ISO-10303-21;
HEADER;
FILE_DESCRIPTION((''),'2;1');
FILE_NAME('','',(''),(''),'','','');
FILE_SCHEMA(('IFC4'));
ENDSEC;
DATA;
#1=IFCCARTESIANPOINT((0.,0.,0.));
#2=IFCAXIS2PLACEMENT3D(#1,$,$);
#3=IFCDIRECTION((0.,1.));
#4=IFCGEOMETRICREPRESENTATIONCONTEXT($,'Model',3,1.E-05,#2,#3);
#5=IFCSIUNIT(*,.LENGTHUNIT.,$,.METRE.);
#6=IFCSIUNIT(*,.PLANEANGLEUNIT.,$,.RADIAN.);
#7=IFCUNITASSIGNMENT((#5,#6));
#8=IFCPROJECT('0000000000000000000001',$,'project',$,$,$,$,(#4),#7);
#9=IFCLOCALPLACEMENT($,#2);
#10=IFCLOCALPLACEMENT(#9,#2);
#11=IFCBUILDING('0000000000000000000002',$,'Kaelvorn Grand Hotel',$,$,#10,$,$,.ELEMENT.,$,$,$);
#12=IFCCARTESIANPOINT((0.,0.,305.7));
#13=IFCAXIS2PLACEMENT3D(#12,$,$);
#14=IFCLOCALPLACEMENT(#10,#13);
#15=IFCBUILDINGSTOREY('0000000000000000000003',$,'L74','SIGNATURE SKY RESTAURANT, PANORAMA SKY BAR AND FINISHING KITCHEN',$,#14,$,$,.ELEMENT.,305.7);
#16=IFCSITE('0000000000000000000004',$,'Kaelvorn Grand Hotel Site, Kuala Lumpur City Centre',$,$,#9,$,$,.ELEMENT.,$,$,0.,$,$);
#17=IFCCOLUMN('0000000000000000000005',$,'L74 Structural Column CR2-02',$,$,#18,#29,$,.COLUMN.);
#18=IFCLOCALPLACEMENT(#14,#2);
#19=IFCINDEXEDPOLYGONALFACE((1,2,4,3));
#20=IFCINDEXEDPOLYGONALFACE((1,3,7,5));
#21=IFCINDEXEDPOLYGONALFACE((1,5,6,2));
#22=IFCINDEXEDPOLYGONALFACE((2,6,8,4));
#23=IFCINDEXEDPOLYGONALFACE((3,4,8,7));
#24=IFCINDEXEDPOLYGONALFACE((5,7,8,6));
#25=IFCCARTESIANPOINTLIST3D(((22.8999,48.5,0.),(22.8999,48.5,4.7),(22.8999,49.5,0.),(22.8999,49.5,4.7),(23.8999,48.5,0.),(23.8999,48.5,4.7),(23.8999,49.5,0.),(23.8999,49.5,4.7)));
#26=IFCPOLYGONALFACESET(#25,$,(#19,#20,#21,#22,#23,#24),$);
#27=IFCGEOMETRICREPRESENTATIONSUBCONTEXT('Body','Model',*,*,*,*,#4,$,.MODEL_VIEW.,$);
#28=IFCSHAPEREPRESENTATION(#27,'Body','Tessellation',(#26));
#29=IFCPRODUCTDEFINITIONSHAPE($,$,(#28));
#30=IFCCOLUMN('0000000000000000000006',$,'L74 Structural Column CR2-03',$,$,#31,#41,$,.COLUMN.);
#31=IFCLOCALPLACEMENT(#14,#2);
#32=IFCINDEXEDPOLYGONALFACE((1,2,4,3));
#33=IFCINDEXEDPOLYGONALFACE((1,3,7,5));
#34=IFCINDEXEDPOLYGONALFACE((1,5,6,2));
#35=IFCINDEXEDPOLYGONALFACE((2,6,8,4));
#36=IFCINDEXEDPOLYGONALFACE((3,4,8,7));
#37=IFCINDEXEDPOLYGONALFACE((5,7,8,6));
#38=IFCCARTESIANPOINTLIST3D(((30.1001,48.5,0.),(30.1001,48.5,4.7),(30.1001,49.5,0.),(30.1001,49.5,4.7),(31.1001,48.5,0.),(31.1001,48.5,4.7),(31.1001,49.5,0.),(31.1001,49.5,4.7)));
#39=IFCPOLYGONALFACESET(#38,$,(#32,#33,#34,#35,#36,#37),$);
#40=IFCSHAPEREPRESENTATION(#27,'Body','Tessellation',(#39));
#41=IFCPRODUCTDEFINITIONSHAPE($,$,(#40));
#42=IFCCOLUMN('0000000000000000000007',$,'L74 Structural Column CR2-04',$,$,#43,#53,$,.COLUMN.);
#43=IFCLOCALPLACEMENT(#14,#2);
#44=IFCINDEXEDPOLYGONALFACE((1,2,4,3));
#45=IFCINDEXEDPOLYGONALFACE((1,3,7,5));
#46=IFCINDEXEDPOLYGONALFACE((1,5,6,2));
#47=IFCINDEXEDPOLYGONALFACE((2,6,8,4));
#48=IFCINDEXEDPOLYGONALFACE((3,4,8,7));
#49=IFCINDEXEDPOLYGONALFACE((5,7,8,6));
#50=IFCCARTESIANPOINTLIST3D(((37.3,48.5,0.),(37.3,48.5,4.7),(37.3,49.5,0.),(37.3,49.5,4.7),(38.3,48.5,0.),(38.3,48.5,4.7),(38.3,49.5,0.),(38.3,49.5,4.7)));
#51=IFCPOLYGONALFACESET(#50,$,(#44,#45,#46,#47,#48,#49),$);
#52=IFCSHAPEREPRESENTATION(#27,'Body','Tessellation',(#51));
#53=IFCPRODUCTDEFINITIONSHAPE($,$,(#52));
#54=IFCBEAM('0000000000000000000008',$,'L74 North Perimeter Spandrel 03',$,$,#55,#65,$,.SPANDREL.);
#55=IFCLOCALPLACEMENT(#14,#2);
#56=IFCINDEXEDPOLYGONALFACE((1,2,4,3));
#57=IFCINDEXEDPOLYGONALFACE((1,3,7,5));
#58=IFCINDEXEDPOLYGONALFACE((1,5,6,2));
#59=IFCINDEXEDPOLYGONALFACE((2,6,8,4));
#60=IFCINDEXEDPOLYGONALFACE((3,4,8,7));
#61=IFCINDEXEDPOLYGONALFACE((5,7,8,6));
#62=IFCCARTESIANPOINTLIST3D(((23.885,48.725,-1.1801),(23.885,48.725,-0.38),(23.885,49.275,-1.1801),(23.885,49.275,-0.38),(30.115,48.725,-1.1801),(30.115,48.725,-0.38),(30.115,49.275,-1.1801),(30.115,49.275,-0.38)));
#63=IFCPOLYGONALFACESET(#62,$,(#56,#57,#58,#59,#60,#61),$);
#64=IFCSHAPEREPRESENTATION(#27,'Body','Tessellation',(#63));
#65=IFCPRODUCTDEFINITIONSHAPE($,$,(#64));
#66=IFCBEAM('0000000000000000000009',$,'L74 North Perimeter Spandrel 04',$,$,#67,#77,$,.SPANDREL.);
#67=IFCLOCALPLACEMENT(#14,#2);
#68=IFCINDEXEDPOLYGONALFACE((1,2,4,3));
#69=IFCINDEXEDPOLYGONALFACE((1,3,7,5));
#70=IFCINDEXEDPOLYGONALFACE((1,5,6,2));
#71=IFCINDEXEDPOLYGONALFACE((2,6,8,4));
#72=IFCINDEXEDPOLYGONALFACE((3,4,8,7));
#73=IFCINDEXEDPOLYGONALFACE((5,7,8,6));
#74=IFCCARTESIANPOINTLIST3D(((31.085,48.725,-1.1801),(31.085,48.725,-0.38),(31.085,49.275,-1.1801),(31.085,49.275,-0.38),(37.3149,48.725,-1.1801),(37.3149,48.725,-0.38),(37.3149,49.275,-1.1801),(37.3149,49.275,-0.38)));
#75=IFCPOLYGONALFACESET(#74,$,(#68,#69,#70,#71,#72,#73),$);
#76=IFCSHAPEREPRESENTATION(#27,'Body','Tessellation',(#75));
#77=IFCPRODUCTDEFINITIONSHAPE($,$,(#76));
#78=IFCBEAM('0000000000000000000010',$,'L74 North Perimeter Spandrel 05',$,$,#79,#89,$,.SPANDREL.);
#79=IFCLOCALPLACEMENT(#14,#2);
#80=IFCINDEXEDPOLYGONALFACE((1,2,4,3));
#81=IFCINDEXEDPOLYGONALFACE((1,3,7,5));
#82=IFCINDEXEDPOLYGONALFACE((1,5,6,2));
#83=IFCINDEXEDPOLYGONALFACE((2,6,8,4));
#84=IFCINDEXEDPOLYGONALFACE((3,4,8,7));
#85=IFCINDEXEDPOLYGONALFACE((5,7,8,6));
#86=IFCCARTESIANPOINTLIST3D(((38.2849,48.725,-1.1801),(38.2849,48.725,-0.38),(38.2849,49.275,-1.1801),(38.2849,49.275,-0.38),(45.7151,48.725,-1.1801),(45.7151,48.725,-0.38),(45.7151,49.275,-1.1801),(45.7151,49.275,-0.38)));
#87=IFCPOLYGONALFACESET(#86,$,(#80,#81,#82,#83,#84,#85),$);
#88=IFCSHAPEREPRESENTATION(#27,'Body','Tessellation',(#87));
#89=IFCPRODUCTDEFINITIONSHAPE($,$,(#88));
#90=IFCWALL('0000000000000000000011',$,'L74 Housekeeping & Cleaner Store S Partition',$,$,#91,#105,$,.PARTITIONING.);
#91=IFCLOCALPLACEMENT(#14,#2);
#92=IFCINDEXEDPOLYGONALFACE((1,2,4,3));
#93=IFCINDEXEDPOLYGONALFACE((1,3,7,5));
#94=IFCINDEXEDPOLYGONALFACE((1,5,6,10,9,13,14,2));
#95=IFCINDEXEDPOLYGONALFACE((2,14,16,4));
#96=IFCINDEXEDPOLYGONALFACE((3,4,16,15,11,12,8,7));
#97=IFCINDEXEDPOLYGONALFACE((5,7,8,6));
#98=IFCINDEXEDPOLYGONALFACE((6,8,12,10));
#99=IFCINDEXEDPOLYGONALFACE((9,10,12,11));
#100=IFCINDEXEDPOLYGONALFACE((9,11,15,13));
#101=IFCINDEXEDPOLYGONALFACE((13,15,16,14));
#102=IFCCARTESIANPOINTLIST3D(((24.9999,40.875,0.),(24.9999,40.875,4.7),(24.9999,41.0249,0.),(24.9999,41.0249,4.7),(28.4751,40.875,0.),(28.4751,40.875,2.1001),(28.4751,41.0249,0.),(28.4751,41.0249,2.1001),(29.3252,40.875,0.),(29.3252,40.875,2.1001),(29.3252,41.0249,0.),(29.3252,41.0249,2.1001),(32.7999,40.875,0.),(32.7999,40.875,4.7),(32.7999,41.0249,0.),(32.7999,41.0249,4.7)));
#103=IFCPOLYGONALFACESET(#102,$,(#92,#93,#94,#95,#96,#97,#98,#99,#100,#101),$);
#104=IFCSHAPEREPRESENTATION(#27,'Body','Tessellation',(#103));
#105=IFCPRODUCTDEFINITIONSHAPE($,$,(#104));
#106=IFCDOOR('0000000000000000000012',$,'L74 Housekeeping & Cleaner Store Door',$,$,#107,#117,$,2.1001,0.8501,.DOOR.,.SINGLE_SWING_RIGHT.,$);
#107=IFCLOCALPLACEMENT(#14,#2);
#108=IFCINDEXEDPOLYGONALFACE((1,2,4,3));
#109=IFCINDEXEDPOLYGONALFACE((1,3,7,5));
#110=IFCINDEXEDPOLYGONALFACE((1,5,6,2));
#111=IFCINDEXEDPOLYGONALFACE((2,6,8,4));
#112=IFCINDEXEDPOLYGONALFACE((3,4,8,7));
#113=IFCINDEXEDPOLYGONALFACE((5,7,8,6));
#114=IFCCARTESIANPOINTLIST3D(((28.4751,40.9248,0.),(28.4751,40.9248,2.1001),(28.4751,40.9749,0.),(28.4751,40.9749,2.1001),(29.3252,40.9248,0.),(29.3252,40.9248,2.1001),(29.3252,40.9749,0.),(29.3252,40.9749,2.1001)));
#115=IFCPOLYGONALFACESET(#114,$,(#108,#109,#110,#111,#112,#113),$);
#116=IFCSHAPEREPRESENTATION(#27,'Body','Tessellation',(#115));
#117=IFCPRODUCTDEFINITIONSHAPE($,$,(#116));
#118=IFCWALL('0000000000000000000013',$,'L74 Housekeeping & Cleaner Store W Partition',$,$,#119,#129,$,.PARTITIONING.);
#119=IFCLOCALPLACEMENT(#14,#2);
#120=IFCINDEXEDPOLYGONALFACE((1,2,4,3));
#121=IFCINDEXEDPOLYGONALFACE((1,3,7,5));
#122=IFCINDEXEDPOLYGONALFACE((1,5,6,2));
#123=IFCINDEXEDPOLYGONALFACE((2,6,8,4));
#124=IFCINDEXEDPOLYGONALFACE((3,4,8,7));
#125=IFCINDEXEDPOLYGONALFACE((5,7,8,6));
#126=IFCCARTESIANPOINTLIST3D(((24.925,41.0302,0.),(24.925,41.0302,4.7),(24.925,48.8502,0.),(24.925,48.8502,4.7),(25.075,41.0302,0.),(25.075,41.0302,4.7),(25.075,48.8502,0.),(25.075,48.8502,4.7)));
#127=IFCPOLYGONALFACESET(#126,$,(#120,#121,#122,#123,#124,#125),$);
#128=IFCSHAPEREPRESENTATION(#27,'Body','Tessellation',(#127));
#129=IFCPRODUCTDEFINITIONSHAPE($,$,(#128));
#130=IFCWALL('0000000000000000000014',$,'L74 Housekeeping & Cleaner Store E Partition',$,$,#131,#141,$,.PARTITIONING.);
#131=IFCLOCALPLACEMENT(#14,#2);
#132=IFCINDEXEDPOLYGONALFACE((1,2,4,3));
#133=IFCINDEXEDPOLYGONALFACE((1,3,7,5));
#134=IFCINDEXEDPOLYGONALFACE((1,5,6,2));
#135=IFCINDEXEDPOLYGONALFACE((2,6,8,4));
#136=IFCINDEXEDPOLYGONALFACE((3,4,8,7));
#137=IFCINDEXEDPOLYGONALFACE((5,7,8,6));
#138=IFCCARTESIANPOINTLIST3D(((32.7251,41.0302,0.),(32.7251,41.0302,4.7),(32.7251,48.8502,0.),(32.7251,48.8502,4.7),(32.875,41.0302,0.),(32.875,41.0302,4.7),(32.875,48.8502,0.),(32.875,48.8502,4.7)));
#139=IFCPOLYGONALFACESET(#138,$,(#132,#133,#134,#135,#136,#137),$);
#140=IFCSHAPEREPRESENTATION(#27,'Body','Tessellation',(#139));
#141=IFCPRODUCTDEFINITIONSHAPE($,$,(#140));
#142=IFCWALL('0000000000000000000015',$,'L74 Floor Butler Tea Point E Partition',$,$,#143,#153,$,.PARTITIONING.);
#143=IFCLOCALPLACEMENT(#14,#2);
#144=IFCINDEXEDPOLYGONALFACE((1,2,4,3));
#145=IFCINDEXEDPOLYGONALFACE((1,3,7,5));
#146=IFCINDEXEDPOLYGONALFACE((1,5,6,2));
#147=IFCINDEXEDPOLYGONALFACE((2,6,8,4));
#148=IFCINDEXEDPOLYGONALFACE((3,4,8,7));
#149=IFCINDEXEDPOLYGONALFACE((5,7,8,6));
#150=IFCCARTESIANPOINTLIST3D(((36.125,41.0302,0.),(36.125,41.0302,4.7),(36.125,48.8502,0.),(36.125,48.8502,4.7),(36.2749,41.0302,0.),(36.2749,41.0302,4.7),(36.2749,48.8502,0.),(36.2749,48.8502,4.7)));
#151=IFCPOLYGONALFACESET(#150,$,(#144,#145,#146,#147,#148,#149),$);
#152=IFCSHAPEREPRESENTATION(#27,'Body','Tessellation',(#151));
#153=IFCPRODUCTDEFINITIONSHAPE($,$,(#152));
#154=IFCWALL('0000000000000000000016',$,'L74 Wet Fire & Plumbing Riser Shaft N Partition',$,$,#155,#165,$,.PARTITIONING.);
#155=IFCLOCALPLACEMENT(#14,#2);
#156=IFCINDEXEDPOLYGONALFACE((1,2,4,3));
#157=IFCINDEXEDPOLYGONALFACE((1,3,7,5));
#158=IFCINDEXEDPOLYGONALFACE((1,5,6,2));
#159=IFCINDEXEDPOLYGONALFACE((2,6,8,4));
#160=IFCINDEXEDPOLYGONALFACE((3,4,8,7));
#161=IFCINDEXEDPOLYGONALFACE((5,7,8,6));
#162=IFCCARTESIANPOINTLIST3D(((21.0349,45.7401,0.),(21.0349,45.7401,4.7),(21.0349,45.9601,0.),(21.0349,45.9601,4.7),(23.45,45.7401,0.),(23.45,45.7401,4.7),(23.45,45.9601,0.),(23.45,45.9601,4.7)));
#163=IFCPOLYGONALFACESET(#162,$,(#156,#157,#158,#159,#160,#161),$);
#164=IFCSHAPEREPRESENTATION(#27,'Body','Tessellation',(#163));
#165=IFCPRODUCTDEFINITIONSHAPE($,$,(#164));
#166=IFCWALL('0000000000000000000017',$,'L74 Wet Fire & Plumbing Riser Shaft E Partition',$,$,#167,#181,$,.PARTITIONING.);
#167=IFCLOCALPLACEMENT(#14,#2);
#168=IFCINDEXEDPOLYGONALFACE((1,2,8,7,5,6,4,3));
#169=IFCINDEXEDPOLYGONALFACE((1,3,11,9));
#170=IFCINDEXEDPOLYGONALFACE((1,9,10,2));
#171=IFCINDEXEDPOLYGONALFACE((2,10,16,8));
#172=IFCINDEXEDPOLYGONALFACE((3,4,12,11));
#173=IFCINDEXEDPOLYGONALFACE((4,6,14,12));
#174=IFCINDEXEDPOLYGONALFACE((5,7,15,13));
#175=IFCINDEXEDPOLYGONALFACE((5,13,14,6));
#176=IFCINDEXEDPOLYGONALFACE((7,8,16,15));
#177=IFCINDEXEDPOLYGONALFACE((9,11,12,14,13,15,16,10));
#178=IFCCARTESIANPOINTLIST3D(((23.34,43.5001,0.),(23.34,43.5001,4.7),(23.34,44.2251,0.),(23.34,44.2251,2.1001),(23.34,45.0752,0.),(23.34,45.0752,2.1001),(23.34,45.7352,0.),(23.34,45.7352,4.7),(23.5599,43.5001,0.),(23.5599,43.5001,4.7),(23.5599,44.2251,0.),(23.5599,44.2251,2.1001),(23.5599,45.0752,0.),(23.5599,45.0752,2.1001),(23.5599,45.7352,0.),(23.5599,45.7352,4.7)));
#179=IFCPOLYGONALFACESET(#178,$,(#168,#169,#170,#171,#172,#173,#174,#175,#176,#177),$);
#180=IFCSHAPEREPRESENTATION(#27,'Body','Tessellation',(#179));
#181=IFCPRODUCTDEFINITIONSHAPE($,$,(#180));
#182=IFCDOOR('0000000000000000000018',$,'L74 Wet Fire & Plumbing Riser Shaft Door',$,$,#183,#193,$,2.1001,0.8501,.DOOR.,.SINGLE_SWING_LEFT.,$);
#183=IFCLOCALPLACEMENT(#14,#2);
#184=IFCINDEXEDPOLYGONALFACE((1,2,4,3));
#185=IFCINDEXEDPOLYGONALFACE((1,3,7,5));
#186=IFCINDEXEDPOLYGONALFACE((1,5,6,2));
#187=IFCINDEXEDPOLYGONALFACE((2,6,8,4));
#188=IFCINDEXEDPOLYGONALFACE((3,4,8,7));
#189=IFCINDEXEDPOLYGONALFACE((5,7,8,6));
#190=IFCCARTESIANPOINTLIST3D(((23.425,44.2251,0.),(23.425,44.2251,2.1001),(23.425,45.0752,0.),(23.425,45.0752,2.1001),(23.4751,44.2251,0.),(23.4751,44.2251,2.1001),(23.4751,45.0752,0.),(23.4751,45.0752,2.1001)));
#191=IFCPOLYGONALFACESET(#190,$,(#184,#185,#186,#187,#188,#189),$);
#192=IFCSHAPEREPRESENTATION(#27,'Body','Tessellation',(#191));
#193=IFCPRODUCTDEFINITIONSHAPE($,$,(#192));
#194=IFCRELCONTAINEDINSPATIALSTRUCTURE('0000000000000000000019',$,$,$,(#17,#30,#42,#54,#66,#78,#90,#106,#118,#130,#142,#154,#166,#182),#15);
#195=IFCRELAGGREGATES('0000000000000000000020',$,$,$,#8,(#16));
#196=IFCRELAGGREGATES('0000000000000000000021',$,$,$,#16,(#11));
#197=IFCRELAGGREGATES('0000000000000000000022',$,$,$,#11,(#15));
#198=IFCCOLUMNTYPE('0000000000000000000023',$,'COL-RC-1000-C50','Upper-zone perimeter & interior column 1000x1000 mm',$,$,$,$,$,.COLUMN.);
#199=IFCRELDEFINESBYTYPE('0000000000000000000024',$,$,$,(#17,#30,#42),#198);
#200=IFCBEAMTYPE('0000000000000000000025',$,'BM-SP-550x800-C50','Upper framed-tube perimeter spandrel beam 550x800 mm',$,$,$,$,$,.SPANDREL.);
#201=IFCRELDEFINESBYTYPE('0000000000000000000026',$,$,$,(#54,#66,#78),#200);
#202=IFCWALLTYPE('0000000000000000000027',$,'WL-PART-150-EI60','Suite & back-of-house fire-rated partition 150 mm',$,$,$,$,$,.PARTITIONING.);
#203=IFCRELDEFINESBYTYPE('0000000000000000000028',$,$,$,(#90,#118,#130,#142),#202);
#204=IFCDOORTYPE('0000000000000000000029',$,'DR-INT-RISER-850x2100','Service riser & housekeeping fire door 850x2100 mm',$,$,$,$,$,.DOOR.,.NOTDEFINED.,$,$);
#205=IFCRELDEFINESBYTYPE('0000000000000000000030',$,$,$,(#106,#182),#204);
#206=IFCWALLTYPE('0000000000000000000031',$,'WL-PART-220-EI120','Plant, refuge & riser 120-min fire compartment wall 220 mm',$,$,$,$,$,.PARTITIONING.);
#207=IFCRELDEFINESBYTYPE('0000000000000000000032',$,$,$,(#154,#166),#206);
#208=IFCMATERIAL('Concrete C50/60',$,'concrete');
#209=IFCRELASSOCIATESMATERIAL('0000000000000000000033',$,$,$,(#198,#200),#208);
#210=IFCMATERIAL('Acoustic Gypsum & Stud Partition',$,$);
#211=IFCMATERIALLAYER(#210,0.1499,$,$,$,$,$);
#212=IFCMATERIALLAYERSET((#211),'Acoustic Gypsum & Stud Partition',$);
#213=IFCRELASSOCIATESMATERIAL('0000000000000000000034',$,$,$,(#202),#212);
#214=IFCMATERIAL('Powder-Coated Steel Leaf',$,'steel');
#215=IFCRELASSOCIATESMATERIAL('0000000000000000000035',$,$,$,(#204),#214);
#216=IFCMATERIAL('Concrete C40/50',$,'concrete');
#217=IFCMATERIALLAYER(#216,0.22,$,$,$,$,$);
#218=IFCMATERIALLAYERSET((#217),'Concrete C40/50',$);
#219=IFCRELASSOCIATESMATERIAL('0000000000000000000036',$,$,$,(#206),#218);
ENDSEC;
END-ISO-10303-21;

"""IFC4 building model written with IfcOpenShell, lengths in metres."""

from ifc_helpers import new_model, si_unit, direction, frame, frame_2d, origin, origin_2d, place, context, subcontext, project, spatial, rectangle, extrude, material, layer, layer_set, material_profile, profile_set, type_object, element, fill, save


model = new_model("IFC4")

# Units and contexts
model_context = context("Model", 3, precision=1e-05, world=origin(), true_north=direction((0.0, 1.0)))
body_context = subcontext(model_context, "Body", "Model", "MODEL_VIEW")
ifc_project = project(units=[si_unit("LENGTHUNIT", "METRE"), si_unit("PLANEANGLEUNIT", "RADIAN")], contexts=[model_context])

# Site, building, storey
site_placement = place(None, origin())
site = spatial("IfcSite", under=ifc_project, at=site_placement, Name="Kaelvorn Grand Hotel Site, Kuala Lumpur City Centre", CompositionType="ELEMENT", RefElevation=0.0)
building_placement = place(site_placement, origin())
building = spatial("IfcBuilding", under=site, at=building_placement, Name="Kaelvorn Grand Hotel", CompositionType="ELEMENT")
storey_placement = place(building_placement, frame((0.0, 0.0, 305.7)))
storey = spatial("IfcBuildingStorey", under=building, at=storey_placement, Name="L74", Description="SIGNATURE SKY RESTAURANT, PANORAMA SKY BAR AND FINISHING KITCHEN", CompositionType="ELEMENT", Elevation=305.7)

# Columns
ifc_material_1 = material(Name="Concrete C50/60", Category="concrete")
ifc_material_profile_1 = material_profile(ifc_material_1, rectangle(XDim=1.0, YDim=1.0, at=origin_2d()), Name="RC COL 1000x1000")
ifc_profile_set_1 = profile_set([ifc_material_profile_1], Name="Concrete C50/60")
column_type = type_object("IfcColumnType", Name="COL-RC-1000-C50", Description="Upper-zone perimeter & interior column 1000x1000 mm", PredefinedType="COLUMN", material=ifc_profile_set_1)
for number, where, z_axis, x_axis, name in (
    (1, (23.3999, 49.0, 0.0), (0.0, 0.0, 1.0), (1.0, 0.0, 0.0), "L74 Structural Column CR2-02"),
    (2, (30.6001, 49.0, 0.0), (0.0, 0.0, 1.0), (1.0, 0.0, 0.0), "L74 Structural Column CR2-03"),
    (3, (37.8, 49.0, 0.0), (0.0, 0.0, 1.0), (1.0, 0.0, 0.0), "L74 Structural Column CR2-04"),
):
    element("IfcColumn", number, at=place(storey_placement, frame(where, z_axis=z_axis, x_axis=x_axis)), inside=storey, type_object=column_type, Name=name, PredefinedType="COLUMN", context=body_context, shape_type="SweptSolid", body=[
        extrude(rectangle(XDim=1.0, YDim=1.0, at=origin_2d()), origin(), (0.0, 0.0, 1.0), 4.7),
    ])

# Beams
ifc_material_profile_2 = material_profile(ifc_material_1, rectangle(XDim=0.55, YDim=0.8, at=origin_2d()), Name="RC SPANDREL 550x800")
ifc_profile_set_2 = profile_set([ifc_material_profile_2], Name="Concrete C50/60")
beam_type = type_object("IfcBeamType", Name="BM-SP-550x800-C50", Description="Upper framed-tube perimeter spandrel beam 550x800 mm", PredefinedType="SPANDREL", material=ifc_profile_set_2)
for number, where, z_axis, x_axis, name in (
    (4, (23.885, 49.0, -0.78), (1.0, 0.0, 0.0), (0.0, 1.0, 0.0), "L74 North Perimeter Spandrel 03"),
    (5, (31.085, 49.0, -0.78), (1.0, 0.0, 0.0), (0.0, 1.0, 0.0), "L74 North Perimeter Spandrel 04"),
):
    element("IfcBeam", number, at=place(storey_placement, frame(where, z_axis=z_axis, x_axis=x_axis)), inside=storey, type_object=beam_type, Name=name, PredefinedType="SPANDREL", context=body_context, shape_type="SweptSolid", body=[
        extrude(rectangle(XDim=0.55, YDim=0.8, at=origin_2d()), origin(), (0.0, 0.0, 1.0), 6.23),
    ])
beam_placement = place(storey_placement, frame((38.2849, 49.0, -0.78), z_axis=(1.0, 0.0, 0.0), x_axis=(0.0, 1.0, 0.0)))
element("IfcBeam", 6, at=beam_placement, inside=storey, type_object=beam_type, Name="L74 North Perimeter Spandrel 05", PredefinedType="SPANDREL", context=body_context, shape_type="SweptSolid", body=[
    extrude(rectangle(XDim=0.55, YDim=0.8, at=origin_2d()), origin(), (0.0, 0.0, 1.0), 7.4302),
])

# Wall, opening, door
ifc_material_2 = material(Name="Acoustic Gypsum & Stud Partition")
ifc_layer_1 = layer(ifc_material_2, 0.1499)
ifc_layer_set_1 = layer_set([ifc_layer_1], Name="Acoustic Gypsum & Stud Partition")
wall_type_1 = type_object("IfcWallType", Name="WL-PART-150-EI60", Description="Suite & back-of-house fire-rated partition 150 mm", PredefinedType="PARTITIONING", material=ifc_layer_set_1)
wall_1_placement = place(storey_placement, frame((25.0, 40.95, 0.0), z_axis=(0.0, 0.0, 1.0), x_axis=(1.0, 0.0, 0.0)))
wall_1 = element("IfcWall", 7, at=wall_1_placement, inside=storey, type_object=wall_type_1, Name="L74 Housekeeping & Cleaner Store S Partition", PredefinedType="PARTITIONING", context=body_context, shape_type="SweptSolid", body=[
    extrude(rectangle(XDim=7.8, YDim=0.1499, at=frame_2d((3.8999, 0.0))), origin(), (0.0, 0.0, 1.0), 4.7),
])
opening_1_placement = place(wall_1_placement, frame((3.4751, 0.0, 0.0)))
opening_1 = element("IfcOpeningElement", 8, at=opening_1_placement, cuts=wall_1, PredefinedType="OPENING", context=body_context, shape_type="SweptSolid", body=[
    extrude(rectangle(XDim=0.8501, YDim=2.1001, at=frame_2d((0.425, 1.05))), frame((0.0, 0.085, 0.0), z_axis=(0.0, -1.0, 0.0), x_axis=(1.0, 0.0, 0.0)), (0.0, 0.0, 1.0), 0.1699),
])
ifc_material_3 = material(Name="Powder-Coated Steel Leaf", Category="steel")
door_type_1 = type_object("IfcDoorType", Name="DR-INT-RISER-850x2100", Description="Service riser & housekeeping fire door 850x2100 mm", OperationType="NOTDEFINED", PredefinedType="DOOR", material=ifc_material_3)
door_1_placement = place(opening_1_placement, origin())
door_1 = element("IfcDoor", 9, at=door_1_placement, inside=storey, type_object=door_type_1, Name="L74 Housekeeping & Cleaner Store Door", OperationType="SINGLE_SWING_RIGHT", OverallHeight=2.1001, OverallWidth=0.8501, PredefinedType="DOOR", context=body_context, shape_type="SweptSolid", body=[
    extrude(rectangle(XDim=0.8501, YDim=2.1001, at=frame_2d((0.425, 1.05))), frame((0.0, 0.0249, 0.0), z_axis=(0.0, -1.0, 0.0), x_axis=(1.0, 0.0, 0.0)), (0.0, 0.0, 1.0), 0.05),
])
fill(opening_1, door_1)

# Walls
for number, where, z_axis, x_axis, name in (
    (10, (25.0, 41.03, 0.0), (0.0, 0.0, 1.0), (0.0, 1.0, 0.0), "L74 Housekeeping & Cleaner Store W Partition"),
    (11, (32.8, 41.03, 0.0), (0.0, 0.0, 1.0), (0.0, 1.0, 0.0), "L74 Housekeeping & Cleaner Store E Partition"),
):
    element("IfcWall", number, at=place(storey_placement, frame(where, z_axis=z_axis, x_axis=x_axis)), inside=storey, type_object=wall_type_1, Name=name, PredefinedType="PARTITIONING", context=body_context, shape_type="SweptSolid", body=[
        extrude(rectangle(XDim=7.8201, YDim=0.1499, at=frame_2d((3.9102, 0.0))), origin(), (0.0, 0.0, 1.0), 4.7),
    ])

# Walls
wall_2_placement = place(storey_placement, frame((36.2, 41.03, 0.0), z_axis=(0.0, 0.0, 1.0), x_axis=(0.0, 1.0, 0.0)))
element("IfcWall", 12, at=wall_2_placement, inside=storey, type_object=wall_type_1, Name="L74 Floor Butler Tea Point E Partition", PredefinedType="PARTITIONING", context=body_context, shape_type="SweptSolid", body=[
    extrude(rectangle(XDim=7.8201, YDim=0.1499, at=frame_2d((3.9102, 0.0))), origin(), (0.0, 0.0, 1.0), 4.7),
])
ifc_material_4 = material(Name="Concrete C40/50", Category="concrete")
ifc_layer_2 = layer(ifc_material_4, 0.22)
ifc_layer_set_2 = layer_set([ifc_layer_2], Name="Concrete C40/50")
wall_type_2 = type_object("IfcWallType", Name="WL-PART-220-EI120", Description="Plant, refuge & riser 120-min fire compartment wall 220 mm", PredefinedType="PARTITIONING", material=ifc_layer_set_2)
wall_3_placement = place(storey_placement, frame((21.0349, 45.8501, 0.0), z_axis=(0.0, 0.0, 1.0), x_axis=(1.0, 0.0, 0.0)))
element("IfcWall", 13, at=wall_3_placement, inside=storey, type_object=wall_type_2, Name="L74 Wet Fire & Plumbing Riser Shaft N Partition", PredefinedType="PARTITIONING", context=body_context, shape_type="SweptSolid", body=[
    extrude(rectangle(XDim=2.415, YDim=0.22, at=frame_2d((1.2075, 0.0))), origin(), (0.0, 0.0, 1.0), 4.7),
])

# Wall, opening, door
wall_4_placement = place(storey_placement, frame((23.45, 43.5, 0.0), z_axis=(0.0, 0.0, 1.0), x_axis=(0.0, 1.0, 0.0)))
wall_4 = element("IfcWall", 14, at=wall_4_placement, inside=storey, type_object=wall_type_2, Name="L74 Wet Fire & Plumbing Riser Shaft E Partition", PredefinedType="PARTITIONING", context=body_context, shape_type="SweptSolid", body=[
    extrude(rectangle(XDim=2.2351, YDim=0.22, at=frame_2d((1.1177, 0.0))), origin(), (0.0, 0.0, 1.0), 4.7),
])
opening_2_placement = place(wall_4_placement, frame((0.7251, 0.0, 0.0)))
opening_2 = element("IfcOpeningElement", 15, at=opening_2_placement, cuts=wall_4, PredefinedType="OPENING", context=body_context, shape_type="SweptSolid", body=[
    extrude(rectangle(XDim=0.8501, YDim=2.1001, at=frame_2d((0.425, 1.05))), frame((0.0, 0.1201, 0.0), z_axis=(0.0, -1.0, 0.0), x_axis=(1.0, 0.0, 0.0)), (0.0, 0.0, 1.0), 0.24),
])
door_2_placement = place(opening_2_placement, origin())
door_2 = element("IfcDoor", 16, at=door_2_placement, inside=storey, type_object=door_type_1, Name="L74 Wet Fire & Plumbing Riser Shaft Door", OperationType="SINGLE_SWING_LEFT", OverallHeight=2.1001, OverallWidth=0.8501, PredefinedType="DOOR", context=body_context, shape_type="SweptSolid", body=[
    extrude(rectangle(XDim=0.8501, YDim=2.1001, at=frame_2d((0.425, 1.05))), frame((0.0, 0.0249, 0.0), z_axis=(0.0, -1.0, 0.0), x_axis=(1.0, 0.0, 0.0)), (0.0, 0.0, 1.0), 0.05),
])
fill(opening_2, door_2)

save(model, "model.ifc")
